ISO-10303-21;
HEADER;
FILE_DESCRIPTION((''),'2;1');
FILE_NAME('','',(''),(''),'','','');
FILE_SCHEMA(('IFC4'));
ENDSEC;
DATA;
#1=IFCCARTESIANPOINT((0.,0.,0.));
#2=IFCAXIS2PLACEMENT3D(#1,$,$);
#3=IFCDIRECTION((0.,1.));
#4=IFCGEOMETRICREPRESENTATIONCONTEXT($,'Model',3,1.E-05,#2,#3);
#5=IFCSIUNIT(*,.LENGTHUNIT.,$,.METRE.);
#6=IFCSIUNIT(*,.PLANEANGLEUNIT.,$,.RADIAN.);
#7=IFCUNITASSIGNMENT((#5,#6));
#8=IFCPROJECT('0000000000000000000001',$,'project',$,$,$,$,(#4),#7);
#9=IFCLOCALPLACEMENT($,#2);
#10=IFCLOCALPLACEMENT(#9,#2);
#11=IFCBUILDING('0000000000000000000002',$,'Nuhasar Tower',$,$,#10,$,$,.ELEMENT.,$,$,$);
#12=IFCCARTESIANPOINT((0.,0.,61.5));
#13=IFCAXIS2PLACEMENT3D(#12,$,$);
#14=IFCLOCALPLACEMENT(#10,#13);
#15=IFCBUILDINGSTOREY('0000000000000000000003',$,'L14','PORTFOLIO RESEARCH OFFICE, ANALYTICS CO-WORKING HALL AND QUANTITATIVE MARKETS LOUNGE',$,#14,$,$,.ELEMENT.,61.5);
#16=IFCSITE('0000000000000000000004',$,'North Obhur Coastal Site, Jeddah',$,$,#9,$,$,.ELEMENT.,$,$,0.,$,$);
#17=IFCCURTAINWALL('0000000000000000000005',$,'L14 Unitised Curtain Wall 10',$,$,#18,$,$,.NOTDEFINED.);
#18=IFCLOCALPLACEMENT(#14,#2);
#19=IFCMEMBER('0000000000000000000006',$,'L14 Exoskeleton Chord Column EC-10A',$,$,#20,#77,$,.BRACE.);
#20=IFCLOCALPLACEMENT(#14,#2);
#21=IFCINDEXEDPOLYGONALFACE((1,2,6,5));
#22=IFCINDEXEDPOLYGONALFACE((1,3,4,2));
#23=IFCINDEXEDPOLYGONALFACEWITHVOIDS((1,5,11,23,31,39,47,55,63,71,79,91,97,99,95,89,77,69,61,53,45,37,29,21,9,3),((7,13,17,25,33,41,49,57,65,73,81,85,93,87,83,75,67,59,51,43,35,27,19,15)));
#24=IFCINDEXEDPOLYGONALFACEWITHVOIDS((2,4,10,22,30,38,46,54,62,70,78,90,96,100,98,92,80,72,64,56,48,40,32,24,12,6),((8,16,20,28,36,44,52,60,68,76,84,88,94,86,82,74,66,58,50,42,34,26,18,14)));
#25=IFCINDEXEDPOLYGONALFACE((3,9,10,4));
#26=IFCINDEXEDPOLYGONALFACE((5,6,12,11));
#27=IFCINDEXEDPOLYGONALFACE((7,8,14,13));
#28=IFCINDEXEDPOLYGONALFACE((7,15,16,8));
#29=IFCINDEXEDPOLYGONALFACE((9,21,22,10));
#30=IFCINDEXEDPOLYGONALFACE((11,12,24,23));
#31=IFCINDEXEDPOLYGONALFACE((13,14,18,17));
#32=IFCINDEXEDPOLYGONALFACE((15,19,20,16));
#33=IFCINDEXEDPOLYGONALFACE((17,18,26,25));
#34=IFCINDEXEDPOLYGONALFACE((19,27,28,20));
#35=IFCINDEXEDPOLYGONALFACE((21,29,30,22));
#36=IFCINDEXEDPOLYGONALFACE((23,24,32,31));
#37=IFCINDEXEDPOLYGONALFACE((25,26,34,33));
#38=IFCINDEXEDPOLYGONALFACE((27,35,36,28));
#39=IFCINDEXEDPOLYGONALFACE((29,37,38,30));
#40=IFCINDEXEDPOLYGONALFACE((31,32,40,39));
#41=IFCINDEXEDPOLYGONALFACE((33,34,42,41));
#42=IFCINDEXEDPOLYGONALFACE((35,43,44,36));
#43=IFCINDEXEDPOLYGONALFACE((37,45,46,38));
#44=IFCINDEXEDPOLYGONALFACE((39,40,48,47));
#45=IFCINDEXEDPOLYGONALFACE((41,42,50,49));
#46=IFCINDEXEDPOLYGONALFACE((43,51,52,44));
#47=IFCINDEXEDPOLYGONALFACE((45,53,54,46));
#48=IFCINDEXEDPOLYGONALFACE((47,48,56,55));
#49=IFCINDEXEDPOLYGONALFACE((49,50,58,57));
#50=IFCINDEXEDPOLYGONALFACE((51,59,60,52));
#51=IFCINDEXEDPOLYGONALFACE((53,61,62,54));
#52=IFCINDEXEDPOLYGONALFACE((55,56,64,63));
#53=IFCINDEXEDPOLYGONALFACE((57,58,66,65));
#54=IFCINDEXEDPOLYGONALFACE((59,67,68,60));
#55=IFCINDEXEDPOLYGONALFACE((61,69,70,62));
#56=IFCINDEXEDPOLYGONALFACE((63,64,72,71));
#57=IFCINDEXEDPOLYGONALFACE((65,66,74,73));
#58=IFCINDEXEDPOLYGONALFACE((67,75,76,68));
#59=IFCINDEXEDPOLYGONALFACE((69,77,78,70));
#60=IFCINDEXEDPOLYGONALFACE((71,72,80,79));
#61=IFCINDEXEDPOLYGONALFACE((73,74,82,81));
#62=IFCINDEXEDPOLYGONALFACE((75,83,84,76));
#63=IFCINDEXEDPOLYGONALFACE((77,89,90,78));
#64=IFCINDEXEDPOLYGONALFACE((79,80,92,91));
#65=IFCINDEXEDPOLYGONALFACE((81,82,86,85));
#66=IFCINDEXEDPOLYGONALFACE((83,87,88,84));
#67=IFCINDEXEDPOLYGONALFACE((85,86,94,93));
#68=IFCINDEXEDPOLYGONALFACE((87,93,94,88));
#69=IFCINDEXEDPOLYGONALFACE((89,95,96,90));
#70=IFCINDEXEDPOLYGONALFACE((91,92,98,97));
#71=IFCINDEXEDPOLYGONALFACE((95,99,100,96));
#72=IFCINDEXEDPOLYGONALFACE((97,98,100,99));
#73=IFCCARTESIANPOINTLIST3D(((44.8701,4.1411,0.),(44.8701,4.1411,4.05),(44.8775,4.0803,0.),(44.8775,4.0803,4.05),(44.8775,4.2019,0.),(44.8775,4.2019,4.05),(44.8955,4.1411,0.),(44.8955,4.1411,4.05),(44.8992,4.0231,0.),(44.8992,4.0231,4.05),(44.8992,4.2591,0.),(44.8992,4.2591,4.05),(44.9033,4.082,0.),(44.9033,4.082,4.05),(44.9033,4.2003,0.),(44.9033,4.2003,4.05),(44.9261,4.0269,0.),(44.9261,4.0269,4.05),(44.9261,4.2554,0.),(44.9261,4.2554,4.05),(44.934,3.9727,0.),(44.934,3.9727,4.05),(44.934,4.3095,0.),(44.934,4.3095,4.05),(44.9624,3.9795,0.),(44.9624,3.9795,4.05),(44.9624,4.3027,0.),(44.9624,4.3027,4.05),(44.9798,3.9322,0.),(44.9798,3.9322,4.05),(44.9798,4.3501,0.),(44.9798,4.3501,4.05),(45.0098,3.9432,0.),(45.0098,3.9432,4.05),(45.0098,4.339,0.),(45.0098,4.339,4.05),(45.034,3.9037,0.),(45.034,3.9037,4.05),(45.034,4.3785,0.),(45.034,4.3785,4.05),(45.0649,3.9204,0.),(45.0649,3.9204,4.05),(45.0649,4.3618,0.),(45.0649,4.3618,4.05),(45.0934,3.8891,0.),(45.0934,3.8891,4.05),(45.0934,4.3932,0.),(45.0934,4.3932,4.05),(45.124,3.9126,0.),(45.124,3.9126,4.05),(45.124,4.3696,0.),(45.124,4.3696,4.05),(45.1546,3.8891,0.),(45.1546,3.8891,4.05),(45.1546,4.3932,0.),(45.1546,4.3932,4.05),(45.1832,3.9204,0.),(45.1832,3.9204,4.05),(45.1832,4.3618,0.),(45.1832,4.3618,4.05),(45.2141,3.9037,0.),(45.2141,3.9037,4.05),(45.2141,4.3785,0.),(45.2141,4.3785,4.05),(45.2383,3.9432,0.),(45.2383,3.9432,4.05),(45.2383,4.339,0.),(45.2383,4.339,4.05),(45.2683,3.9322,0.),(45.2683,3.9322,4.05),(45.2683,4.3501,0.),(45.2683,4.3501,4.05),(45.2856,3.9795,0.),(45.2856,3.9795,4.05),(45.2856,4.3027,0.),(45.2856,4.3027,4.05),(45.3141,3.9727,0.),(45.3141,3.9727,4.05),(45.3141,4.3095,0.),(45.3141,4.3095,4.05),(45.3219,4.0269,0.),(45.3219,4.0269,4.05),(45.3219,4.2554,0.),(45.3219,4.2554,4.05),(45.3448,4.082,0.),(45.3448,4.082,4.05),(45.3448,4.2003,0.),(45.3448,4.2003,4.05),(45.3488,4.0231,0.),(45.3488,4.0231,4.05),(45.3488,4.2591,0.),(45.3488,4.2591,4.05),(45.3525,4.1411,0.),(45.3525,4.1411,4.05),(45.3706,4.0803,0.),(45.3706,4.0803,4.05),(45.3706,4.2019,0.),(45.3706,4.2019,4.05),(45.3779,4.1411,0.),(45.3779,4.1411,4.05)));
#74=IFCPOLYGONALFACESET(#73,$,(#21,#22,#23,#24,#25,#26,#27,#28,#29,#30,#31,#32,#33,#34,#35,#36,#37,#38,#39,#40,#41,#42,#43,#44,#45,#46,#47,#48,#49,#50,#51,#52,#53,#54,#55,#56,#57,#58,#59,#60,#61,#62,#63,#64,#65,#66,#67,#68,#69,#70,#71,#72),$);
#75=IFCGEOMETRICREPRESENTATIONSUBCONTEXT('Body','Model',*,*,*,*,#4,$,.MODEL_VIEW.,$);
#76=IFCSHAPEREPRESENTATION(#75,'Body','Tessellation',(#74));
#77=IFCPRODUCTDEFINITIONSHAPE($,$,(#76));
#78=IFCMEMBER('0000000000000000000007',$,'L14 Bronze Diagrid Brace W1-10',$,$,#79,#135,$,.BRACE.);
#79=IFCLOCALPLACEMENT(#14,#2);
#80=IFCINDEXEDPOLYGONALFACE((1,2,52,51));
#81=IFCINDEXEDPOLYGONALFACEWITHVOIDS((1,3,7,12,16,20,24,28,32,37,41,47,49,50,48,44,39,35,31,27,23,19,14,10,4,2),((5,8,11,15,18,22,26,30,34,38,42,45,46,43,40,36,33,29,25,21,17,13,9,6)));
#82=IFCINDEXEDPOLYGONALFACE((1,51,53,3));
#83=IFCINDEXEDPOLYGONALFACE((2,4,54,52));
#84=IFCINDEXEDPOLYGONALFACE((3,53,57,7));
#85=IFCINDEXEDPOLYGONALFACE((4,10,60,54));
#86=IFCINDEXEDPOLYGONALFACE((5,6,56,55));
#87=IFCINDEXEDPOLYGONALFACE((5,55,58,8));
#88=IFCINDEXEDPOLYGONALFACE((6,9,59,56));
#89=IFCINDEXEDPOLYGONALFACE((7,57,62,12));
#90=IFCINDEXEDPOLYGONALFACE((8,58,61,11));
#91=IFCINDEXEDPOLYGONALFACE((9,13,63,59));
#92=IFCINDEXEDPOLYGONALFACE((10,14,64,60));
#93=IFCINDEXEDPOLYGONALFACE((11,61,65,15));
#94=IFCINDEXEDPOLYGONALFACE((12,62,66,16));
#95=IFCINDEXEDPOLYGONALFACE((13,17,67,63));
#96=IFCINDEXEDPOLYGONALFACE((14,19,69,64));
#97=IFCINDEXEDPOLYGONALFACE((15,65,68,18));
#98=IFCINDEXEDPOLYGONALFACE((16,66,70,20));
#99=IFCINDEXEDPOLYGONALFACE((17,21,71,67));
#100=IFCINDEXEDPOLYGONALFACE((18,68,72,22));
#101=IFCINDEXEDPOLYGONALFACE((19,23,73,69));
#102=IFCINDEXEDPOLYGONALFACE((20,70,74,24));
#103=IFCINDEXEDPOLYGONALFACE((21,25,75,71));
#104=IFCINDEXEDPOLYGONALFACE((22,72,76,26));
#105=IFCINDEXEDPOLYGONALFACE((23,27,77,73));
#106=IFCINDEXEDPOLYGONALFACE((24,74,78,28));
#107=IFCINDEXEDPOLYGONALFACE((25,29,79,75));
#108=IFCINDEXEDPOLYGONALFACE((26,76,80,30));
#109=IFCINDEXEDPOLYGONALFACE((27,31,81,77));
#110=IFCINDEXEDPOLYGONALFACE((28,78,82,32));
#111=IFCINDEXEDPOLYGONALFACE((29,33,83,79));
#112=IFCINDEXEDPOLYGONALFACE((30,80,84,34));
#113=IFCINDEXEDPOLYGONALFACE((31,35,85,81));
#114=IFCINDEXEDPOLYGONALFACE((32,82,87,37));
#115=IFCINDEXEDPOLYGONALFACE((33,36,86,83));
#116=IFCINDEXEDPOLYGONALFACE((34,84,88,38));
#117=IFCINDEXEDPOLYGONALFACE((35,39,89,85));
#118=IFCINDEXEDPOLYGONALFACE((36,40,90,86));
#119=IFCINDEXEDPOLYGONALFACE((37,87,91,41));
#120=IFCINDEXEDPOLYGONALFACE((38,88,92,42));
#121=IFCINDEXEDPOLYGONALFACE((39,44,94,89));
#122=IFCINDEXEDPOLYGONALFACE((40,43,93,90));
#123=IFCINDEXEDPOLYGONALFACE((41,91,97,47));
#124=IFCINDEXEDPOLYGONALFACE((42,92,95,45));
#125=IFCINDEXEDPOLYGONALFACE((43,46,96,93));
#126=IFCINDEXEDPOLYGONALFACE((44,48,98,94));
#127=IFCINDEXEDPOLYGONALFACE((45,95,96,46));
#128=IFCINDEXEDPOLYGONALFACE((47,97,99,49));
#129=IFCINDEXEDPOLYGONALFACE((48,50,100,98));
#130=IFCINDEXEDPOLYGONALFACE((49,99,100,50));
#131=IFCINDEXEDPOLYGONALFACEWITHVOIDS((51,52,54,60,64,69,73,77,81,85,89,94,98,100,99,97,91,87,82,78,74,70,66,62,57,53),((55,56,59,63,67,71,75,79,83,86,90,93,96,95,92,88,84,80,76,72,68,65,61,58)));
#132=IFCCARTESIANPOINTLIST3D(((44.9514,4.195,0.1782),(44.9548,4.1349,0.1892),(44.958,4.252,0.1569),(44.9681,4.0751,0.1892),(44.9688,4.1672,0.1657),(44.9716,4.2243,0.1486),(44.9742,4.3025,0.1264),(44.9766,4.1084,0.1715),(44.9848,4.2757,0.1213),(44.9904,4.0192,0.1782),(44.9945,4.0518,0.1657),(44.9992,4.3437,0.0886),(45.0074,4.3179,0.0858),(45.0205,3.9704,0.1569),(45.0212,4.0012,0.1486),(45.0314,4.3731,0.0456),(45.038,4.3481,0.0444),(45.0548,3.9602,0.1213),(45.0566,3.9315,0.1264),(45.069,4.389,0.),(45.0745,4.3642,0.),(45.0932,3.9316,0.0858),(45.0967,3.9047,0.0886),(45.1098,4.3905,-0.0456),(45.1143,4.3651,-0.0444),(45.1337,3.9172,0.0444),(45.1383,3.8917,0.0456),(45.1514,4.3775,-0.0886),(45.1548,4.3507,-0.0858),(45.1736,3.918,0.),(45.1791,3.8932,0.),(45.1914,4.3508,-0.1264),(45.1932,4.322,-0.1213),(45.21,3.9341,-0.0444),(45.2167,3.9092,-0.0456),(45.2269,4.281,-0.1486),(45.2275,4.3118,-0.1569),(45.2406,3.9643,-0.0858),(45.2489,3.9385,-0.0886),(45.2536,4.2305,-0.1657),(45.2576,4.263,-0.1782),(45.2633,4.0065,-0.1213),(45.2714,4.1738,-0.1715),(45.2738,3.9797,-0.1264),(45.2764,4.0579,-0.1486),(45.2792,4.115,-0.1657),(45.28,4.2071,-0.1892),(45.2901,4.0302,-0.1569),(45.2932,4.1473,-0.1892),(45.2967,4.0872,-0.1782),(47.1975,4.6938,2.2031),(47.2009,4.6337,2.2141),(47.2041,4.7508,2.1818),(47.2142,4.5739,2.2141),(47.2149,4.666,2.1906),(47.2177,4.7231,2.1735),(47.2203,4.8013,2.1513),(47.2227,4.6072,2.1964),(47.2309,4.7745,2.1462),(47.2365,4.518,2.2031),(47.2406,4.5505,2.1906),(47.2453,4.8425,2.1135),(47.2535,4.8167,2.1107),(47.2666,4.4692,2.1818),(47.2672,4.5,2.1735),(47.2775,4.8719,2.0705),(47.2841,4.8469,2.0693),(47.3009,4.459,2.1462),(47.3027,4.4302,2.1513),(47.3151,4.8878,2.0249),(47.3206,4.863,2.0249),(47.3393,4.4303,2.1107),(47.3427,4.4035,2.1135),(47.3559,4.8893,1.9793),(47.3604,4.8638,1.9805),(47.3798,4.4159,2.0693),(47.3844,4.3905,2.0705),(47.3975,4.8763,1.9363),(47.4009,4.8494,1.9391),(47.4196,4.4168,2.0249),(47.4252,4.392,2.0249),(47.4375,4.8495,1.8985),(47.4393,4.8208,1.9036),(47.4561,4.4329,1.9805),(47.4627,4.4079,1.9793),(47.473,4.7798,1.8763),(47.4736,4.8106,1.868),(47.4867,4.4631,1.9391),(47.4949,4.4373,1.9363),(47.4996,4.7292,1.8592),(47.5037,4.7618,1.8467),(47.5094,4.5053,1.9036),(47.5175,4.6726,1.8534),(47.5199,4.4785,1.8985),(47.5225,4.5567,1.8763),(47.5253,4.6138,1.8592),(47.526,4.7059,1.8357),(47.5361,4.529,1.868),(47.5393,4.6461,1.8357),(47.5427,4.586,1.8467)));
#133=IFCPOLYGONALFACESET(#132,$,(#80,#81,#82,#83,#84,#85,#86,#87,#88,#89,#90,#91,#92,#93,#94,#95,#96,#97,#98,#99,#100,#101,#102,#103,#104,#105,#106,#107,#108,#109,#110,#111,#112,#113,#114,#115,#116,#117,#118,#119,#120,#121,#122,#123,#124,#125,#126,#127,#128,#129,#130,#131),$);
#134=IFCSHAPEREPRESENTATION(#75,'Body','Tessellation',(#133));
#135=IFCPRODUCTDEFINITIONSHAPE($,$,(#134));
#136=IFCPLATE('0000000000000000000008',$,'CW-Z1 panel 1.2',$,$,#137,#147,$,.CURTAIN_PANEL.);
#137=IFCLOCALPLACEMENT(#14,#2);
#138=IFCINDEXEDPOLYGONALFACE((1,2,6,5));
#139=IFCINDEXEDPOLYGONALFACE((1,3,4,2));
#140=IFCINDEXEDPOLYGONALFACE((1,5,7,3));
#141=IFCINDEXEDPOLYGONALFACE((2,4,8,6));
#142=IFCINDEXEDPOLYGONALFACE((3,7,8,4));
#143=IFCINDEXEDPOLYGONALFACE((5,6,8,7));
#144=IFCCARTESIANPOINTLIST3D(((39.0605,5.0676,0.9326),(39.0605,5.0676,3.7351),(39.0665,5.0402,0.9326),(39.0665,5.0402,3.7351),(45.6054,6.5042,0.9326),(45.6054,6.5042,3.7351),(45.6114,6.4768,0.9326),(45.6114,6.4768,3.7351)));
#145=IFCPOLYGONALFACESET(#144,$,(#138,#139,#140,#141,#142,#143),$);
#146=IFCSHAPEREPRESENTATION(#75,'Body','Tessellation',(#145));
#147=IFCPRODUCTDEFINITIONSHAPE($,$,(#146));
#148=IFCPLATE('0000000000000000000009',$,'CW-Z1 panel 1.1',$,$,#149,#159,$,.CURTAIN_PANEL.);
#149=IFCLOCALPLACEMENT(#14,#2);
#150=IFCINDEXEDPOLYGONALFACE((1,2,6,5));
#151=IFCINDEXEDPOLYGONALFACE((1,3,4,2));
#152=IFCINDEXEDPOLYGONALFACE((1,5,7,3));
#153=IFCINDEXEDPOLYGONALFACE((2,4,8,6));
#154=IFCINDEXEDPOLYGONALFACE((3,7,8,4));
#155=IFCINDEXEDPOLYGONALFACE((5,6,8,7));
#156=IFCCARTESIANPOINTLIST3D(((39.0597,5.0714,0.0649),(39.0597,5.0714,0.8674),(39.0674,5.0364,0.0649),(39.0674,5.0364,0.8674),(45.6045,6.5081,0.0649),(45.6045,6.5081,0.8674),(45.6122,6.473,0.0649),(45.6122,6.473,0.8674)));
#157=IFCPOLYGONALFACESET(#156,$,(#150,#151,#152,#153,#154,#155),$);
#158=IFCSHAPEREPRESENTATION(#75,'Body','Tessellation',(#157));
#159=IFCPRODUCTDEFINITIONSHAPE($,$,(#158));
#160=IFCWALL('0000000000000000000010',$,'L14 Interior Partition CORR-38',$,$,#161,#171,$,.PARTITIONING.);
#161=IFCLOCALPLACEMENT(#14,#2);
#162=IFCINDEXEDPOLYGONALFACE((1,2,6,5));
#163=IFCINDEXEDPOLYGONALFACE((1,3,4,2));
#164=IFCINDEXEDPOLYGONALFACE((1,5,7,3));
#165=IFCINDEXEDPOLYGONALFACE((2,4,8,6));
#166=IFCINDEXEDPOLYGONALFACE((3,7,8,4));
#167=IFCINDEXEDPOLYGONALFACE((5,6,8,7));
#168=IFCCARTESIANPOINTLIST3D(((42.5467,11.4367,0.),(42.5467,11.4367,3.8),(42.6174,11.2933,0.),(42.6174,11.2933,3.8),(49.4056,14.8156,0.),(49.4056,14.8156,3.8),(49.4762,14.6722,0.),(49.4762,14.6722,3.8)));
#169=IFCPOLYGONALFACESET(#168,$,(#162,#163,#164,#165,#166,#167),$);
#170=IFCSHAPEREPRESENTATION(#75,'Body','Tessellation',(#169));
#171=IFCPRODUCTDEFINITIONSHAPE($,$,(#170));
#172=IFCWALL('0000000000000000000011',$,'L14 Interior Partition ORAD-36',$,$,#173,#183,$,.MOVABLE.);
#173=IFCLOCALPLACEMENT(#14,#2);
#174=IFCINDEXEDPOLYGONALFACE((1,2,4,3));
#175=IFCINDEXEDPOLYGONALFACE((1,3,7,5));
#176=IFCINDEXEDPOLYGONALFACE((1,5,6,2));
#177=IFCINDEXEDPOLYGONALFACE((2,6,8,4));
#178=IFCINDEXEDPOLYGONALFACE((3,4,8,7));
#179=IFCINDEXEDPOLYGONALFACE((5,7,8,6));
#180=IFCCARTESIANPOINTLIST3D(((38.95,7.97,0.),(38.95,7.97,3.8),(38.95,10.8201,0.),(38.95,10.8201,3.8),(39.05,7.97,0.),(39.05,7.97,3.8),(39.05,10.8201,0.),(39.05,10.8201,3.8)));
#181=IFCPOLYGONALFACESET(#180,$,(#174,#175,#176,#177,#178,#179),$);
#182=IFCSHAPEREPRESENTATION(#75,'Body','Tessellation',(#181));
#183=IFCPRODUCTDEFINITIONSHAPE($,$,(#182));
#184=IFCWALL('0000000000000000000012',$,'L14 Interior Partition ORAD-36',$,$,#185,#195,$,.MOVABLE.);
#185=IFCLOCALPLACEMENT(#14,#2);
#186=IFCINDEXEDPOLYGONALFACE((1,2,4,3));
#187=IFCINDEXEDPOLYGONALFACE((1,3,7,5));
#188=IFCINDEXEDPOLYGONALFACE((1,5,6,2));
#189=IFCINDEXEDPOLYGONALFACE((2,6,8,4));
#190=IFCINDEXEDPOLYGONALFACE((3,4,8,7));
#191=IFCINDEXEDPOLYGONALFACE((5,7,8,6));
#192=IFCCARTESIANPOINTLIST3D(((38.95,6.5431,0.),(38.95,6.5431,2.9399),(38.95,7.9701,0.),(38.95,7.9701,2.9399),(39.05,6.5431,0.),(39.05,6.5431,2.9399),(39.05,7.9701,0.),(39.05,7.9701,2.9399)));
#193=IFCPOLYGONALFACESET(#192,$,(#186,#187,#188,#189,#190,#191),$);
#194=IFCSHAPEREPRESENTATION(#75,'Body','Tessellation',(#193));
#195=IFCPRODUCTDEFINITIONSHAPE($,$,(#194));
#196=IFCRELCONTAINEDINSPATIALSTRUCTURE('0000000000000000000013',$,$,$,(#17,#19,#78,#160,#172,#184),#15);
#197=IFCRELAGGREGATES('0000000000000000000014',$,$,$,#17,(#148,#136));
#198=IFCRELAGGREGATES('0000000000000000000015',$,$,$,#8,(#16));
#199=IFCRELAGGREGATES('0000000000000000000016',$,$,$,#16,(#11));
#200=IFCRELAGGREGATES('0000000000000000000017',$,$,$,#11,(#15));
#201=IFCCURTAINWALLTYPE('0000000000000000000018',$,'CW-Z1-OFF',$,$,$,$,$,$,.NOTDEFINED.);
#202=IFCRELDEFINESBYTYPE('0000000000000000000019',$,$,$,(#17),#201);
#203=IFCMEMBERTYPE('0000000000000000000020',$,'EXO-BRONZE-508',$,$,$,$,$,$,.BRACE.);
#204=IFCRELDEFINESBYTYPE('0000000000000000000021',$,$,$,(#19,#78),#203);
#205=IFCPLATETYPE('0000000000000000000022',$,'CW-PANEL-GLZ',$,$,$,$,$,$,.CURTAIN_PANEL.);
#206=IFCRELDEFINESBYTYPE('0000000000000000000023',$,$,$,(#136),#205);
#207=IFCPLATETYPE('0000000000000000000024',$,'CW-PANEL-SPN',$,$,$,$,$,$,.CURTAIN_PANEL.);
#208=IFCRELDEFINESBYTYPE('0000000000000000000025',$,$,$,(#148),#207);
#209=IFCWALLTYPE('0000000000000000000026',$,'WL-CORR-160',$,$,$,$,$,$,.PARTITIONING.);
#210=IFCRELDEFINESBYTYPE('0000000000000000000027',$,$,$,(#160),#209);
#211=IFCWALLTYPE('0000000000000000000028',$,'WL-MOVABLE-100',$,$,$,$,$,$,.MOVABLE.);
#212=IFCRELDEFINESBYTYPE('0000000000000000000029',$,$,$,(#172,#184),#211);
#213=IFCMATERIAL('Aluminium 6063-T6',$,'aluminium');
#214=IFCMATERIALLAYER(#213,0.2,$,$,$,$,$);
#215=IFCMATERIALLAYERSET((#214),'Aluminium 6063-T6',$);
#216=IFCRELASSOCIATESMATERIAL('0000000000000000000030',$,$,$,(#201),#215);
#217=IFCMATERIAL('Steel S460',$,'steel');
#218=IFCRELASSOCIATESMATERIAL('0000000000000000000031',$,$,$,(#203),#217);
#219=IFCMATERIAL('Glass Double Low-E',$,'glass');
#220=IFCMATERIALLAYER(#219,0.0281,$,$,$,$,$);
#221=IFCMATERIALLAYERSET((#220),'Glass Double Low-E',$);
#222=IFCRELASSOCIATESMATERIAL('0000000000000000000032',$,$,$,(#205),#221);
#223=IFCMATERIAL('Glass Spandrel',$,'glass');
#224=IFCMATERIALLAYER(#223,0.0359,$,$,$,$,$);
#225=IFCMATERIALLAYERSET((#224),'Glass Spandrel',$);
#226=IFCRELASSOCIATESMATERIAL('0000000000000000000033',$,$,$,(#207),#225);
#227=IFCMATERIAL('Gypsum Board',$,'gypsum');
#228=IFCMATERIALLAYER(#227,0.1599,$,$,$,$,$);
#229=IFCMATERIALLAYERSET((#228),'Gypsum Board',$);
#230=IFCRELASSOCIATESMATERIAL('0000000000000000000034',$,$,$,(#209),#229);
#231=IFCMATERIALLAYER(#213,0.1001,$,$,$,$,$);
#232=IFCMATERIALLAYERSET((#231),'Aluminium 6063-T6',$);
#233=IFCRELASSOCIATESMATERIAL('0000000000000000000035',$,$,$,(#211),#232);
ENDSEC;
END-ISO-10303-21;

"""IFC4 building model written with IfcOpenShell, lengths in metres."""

from ifc_helpers import new_model, si_unit, direction, frame, frame_2d, origin, origin_2d, place, context, subcontext, project, spatial, rectangle, hollow_circle, extrude, material, layer, layer_set, material_profile, profile_set, type_object, element, aggregate, save


model = new_model("IFC4")

# Units and contexts
model_context = context("Model", 3, precision=1e-05, world=origin(), true_north=direction((0.0, 1.0)))
body_context = subcontext(model_context, "Body", "Model", "MODEL_VIEW")
ifc_project = project(units=[si_unit("LENGTHUNIT", "METRE"), si_unit("PLANEANGLEUNIT", "RADIAN")], contexts=[model_context])

# Site, building, storey
site_placement = place(None, origin())
site = spatial("IfcSite", under=ifc_project, at=site_placement, Name="North Obhur Coastal Site, Jeddah", CompositionType="ELEMENT", RefElevation=0.0)
building_placement = place(site_placement, origin())
building = spatial("IfcBuilding", under=site, at=building_placement, Name="Nuhasar Tower", CompositionType="ELEMENT")
storey_placement = place(building_placement, frame((0.0, 0.0, 61.5)))
storey = spatial("IfcBuildingStorey", under=building, at=storey_placement, Name="L14", Description="PORTFOLIO RESEARCH OFFICE, ANALYTICS CO-WORKING HALL AND QUANTITATIVE MARKETS LOUNGE", CompositionType="ELEMENT", Elevation=61.5)

# Curtain wall
ifc_material_1 = material(Name="Aluminium 6063-T6", Category="aluminium")
ifc_layer_1 = layer(ifc_material_1, 0.2)
ifc_layer_set_1 = layer_set([ifc_layer_1], Name="Aluminium 6063-T6")
curtain_wall_type = type_object("IfcCurtainWallType", Name="CW-Z1-OFF", PredefinedType="NOTDEFINED", material=ifc_layer_set_1)
curtain_wall_placement = place(storey_placement, origin())
curtain_wall = element("IfcCurtainWall", 1, at=curtain_wall_placement, inside=storey, type_object=curtain_wall_type, Name="L14 Unitised Curtain Wall 10", PredefinedType="NOTDEFINED")

# Members
ifc_material_2 = material(Name="Steel S460", Category="steel")
ifc_material_profile_1 = material_profile(ifc_material_2, hollow_circle(Radius=0.2539, WallThickness=0.0254, at=origin_2d()), Name="HSS508X25.4")
ifc_profile_set_1 = profile_set([ifc_material_profile_1], Name="Steel S460")
member_type_1 = type_object("IfcMemberType", Name="EXO-BRONZE-508", PredefinedType="BRACE", material=ifc_profile_set_1)
member_1_placement = place(storey_placement, frame((45.124, 4.1411, 0.0), z_axis=(0.0, 0.0, 1.0), x_axis=(1.0, 0.0, 0.0)))
element("IfcMember", 2, at=member_1_placement, inside=storey, type_object=member_type_1, Name="L14 Exoskeleton Chord Column EC-10A", PredefinedType="BRACE", context=body_context, shape_type="SweptSolid", body=[
    extrude(hollow_circle(Radius=0.2539, WallThickness=0.0254, at=origin_2d()), origin(), (0.0, 0.0, 1.0), 4.05),
])
member_2_placement = place(storey_placement, frame((45.124, 4.1411, 0.0), z_axis=(0.732831, 0.162736, 0.660663), x_axis=(-0.216784, 0.97622, 0.0)))
element("IfcMember", 3, at=member_2_placement, inside=storey, type_object=member_type_1, Name="L14 Bronze Diagrid Brace W1-10", PredefinedType="BRACE", context=body_context, shape_type="SweptSolid", body=[
    extrude(hollow_circle(Radius=0.2539, WallThickness=0.0254, at=origin_2d()), origin(), (0.0, 0.0, 1.0), 3.0649),
])

# Plates
ifc_material_3 = material(Name="Glass Double Low-E", Category="glass")
ifc_layer_2 = layer(ifc_material_3, 0.0281)
ifc_layer_set_2 = layer_set([ifc_layer_2], Name="Glass Double Low-E")
plate_type_1 = type_object("IfcPlateType", Name="CW-PANEL-GLZ", PredefinedType="CURTAIN_PANEL", material=ifc_layer_set_2)
plate_1_placement = place(storey_placement, frame((42.3359, 5.7722, 0.9326), z_axis=(0.0, 0.0, 1.0), x_axis=(0.976746, 0.214399, 0.0)))
plate_1 = element("IfcPlate", 4, at=plate_1_placement, type_object=plate_type_1, Name="CW-Z1 panel 1.2", PredefinedType="CURTAIN_PANEL", context=body_context, shape_type="SweptSolid", body=[
    extrude(rectangle(XDim=6.7007, YDim=0.0281, at=origin_2d()), origin(), (0.0, 0.0, 1.0), 2.8025),
])
ifc_material_4 = material(Name="Glass Spandrel", Category="glass")
ifc_layer_3 = layer(ifc_material_4, 0.0359)
ifc_layer_set_3 = layer_set([ifc_layer_3], Name="Glass Spandrel")
plate_type_2 = type_object("IfcPlateType", Name="CW-PANEL-SPN", PredefinedType="CURTAIN_PANEL", material=ifc_layer_set_3)
plate_2_placement = place(storey_placement, frame((42.3359, 5.7722, 0.0649), z_axis=(0.0, 0.0, 1.0), x_axis=(0.976746, 0.214399, 0.0)))
plate_2 = element("IfcPlate", 5, at=plate_2_placement, type_object=plate_type_2, Name="CW-Z1 panel 1.1", PredefinedType="CURTAIN_PANEL", context=body_context, shape_type="SweptSolid", body=[
    extrude(rectangle(XDim=6.7007, YDim=0.0359, at=origin_2d()), origin(), (0.0, 0.0, 1.0), 0.8025),
])
aggregate(curtain_wall, [plate_2, plate_1])

# Shared definitions
ifc_material_5 = material(Name="Gypsum Board", Category="gypsum")
ifc_layer_4 = layer(ifc_material_5, 0.1599)
ifc_layer_set_4 = layer_set([ifc_layer_4], Name="Gypsum Board")
wall_type_1 = type_object("IfcWallType", Name="WL-CORR-160", PredefinedType="PARTITIONING", material=ifc_layer_set_4)

# Walls
wall_1_placement = place(storey_placement, frame((42.582, 11.365, 0.0), z_axis=(0.0, 0.0, 1.0), x_axis=(0.897055, 0.441918, 0.0)))
element("IfcWall", 6, at=wall_1_placement, inside=storey, type_object=wall_type_1, Name="L14 Interior Partition CORR-38", PredefinedType="PARTITIONING", context=body_context, shape_type="SweptSolid", body=[
    extrude(rectangle(XDim=7.646, YDim=0.1599, at=frame_2d((3.823, 0.0))), origin(), (0.0, 0.0, 1.0), 3.8),
])
ifc_layer_5 = layer(ifc_material_1, 0.1001)
ifc_layer_set_5 = layer_set([ifc_layer_5], Name="Aluminium 6063-T6")
wall_type_2 = type_object("IfcWallType", Name="WL-MOVABLE-100", PredefinedType="MOVABLE", material=ifc_layer_set_5)
wall_2_placement = place(storey_placement, frame((39.0, 10.8201, 0.0), z_axis=(0.0, 0.0, 1.0), x_axis=(0.0, -1.0, 0.0)))
element("IfcWall", 7, at=wall_2_placement, inside=storey, type_object=wall_type_2, Name="L14 Interior Partition ORAD-36", PredefinedType="MOVABLE", context=body_context, shape_type="SweptSolid", body=[
    extrude(rectangle(XDim=2.8501, YDim=0.1001, at=frame_2d((1.425, 0.0))), origin(), (0.0, 0.0, 1.0), 3.8),
])
wall_3_placement = place(storey_placement, frame((39.0, 7.97, 0.0), z_axis=(0.0, 0.0, 1.0), x_axis=(0.0, -1.0, 0.0)))
element("IfcWall", 8, at=wall_3_placement, inside=storey, type_object=wall_type_2, Name="L14 Interior Partition ORAD-36", PredefinedType="MOVABLE", context=body_context, shape_type="SweptSolid", body=[
    extrude(rectangle(XDim=1.427, YDim=0.1001, at=frame_2d((0.7134, 0.0))), origin(), (0.0, 0.0, 1.0), 2.9399),
])

save(model, "model.ifc")
